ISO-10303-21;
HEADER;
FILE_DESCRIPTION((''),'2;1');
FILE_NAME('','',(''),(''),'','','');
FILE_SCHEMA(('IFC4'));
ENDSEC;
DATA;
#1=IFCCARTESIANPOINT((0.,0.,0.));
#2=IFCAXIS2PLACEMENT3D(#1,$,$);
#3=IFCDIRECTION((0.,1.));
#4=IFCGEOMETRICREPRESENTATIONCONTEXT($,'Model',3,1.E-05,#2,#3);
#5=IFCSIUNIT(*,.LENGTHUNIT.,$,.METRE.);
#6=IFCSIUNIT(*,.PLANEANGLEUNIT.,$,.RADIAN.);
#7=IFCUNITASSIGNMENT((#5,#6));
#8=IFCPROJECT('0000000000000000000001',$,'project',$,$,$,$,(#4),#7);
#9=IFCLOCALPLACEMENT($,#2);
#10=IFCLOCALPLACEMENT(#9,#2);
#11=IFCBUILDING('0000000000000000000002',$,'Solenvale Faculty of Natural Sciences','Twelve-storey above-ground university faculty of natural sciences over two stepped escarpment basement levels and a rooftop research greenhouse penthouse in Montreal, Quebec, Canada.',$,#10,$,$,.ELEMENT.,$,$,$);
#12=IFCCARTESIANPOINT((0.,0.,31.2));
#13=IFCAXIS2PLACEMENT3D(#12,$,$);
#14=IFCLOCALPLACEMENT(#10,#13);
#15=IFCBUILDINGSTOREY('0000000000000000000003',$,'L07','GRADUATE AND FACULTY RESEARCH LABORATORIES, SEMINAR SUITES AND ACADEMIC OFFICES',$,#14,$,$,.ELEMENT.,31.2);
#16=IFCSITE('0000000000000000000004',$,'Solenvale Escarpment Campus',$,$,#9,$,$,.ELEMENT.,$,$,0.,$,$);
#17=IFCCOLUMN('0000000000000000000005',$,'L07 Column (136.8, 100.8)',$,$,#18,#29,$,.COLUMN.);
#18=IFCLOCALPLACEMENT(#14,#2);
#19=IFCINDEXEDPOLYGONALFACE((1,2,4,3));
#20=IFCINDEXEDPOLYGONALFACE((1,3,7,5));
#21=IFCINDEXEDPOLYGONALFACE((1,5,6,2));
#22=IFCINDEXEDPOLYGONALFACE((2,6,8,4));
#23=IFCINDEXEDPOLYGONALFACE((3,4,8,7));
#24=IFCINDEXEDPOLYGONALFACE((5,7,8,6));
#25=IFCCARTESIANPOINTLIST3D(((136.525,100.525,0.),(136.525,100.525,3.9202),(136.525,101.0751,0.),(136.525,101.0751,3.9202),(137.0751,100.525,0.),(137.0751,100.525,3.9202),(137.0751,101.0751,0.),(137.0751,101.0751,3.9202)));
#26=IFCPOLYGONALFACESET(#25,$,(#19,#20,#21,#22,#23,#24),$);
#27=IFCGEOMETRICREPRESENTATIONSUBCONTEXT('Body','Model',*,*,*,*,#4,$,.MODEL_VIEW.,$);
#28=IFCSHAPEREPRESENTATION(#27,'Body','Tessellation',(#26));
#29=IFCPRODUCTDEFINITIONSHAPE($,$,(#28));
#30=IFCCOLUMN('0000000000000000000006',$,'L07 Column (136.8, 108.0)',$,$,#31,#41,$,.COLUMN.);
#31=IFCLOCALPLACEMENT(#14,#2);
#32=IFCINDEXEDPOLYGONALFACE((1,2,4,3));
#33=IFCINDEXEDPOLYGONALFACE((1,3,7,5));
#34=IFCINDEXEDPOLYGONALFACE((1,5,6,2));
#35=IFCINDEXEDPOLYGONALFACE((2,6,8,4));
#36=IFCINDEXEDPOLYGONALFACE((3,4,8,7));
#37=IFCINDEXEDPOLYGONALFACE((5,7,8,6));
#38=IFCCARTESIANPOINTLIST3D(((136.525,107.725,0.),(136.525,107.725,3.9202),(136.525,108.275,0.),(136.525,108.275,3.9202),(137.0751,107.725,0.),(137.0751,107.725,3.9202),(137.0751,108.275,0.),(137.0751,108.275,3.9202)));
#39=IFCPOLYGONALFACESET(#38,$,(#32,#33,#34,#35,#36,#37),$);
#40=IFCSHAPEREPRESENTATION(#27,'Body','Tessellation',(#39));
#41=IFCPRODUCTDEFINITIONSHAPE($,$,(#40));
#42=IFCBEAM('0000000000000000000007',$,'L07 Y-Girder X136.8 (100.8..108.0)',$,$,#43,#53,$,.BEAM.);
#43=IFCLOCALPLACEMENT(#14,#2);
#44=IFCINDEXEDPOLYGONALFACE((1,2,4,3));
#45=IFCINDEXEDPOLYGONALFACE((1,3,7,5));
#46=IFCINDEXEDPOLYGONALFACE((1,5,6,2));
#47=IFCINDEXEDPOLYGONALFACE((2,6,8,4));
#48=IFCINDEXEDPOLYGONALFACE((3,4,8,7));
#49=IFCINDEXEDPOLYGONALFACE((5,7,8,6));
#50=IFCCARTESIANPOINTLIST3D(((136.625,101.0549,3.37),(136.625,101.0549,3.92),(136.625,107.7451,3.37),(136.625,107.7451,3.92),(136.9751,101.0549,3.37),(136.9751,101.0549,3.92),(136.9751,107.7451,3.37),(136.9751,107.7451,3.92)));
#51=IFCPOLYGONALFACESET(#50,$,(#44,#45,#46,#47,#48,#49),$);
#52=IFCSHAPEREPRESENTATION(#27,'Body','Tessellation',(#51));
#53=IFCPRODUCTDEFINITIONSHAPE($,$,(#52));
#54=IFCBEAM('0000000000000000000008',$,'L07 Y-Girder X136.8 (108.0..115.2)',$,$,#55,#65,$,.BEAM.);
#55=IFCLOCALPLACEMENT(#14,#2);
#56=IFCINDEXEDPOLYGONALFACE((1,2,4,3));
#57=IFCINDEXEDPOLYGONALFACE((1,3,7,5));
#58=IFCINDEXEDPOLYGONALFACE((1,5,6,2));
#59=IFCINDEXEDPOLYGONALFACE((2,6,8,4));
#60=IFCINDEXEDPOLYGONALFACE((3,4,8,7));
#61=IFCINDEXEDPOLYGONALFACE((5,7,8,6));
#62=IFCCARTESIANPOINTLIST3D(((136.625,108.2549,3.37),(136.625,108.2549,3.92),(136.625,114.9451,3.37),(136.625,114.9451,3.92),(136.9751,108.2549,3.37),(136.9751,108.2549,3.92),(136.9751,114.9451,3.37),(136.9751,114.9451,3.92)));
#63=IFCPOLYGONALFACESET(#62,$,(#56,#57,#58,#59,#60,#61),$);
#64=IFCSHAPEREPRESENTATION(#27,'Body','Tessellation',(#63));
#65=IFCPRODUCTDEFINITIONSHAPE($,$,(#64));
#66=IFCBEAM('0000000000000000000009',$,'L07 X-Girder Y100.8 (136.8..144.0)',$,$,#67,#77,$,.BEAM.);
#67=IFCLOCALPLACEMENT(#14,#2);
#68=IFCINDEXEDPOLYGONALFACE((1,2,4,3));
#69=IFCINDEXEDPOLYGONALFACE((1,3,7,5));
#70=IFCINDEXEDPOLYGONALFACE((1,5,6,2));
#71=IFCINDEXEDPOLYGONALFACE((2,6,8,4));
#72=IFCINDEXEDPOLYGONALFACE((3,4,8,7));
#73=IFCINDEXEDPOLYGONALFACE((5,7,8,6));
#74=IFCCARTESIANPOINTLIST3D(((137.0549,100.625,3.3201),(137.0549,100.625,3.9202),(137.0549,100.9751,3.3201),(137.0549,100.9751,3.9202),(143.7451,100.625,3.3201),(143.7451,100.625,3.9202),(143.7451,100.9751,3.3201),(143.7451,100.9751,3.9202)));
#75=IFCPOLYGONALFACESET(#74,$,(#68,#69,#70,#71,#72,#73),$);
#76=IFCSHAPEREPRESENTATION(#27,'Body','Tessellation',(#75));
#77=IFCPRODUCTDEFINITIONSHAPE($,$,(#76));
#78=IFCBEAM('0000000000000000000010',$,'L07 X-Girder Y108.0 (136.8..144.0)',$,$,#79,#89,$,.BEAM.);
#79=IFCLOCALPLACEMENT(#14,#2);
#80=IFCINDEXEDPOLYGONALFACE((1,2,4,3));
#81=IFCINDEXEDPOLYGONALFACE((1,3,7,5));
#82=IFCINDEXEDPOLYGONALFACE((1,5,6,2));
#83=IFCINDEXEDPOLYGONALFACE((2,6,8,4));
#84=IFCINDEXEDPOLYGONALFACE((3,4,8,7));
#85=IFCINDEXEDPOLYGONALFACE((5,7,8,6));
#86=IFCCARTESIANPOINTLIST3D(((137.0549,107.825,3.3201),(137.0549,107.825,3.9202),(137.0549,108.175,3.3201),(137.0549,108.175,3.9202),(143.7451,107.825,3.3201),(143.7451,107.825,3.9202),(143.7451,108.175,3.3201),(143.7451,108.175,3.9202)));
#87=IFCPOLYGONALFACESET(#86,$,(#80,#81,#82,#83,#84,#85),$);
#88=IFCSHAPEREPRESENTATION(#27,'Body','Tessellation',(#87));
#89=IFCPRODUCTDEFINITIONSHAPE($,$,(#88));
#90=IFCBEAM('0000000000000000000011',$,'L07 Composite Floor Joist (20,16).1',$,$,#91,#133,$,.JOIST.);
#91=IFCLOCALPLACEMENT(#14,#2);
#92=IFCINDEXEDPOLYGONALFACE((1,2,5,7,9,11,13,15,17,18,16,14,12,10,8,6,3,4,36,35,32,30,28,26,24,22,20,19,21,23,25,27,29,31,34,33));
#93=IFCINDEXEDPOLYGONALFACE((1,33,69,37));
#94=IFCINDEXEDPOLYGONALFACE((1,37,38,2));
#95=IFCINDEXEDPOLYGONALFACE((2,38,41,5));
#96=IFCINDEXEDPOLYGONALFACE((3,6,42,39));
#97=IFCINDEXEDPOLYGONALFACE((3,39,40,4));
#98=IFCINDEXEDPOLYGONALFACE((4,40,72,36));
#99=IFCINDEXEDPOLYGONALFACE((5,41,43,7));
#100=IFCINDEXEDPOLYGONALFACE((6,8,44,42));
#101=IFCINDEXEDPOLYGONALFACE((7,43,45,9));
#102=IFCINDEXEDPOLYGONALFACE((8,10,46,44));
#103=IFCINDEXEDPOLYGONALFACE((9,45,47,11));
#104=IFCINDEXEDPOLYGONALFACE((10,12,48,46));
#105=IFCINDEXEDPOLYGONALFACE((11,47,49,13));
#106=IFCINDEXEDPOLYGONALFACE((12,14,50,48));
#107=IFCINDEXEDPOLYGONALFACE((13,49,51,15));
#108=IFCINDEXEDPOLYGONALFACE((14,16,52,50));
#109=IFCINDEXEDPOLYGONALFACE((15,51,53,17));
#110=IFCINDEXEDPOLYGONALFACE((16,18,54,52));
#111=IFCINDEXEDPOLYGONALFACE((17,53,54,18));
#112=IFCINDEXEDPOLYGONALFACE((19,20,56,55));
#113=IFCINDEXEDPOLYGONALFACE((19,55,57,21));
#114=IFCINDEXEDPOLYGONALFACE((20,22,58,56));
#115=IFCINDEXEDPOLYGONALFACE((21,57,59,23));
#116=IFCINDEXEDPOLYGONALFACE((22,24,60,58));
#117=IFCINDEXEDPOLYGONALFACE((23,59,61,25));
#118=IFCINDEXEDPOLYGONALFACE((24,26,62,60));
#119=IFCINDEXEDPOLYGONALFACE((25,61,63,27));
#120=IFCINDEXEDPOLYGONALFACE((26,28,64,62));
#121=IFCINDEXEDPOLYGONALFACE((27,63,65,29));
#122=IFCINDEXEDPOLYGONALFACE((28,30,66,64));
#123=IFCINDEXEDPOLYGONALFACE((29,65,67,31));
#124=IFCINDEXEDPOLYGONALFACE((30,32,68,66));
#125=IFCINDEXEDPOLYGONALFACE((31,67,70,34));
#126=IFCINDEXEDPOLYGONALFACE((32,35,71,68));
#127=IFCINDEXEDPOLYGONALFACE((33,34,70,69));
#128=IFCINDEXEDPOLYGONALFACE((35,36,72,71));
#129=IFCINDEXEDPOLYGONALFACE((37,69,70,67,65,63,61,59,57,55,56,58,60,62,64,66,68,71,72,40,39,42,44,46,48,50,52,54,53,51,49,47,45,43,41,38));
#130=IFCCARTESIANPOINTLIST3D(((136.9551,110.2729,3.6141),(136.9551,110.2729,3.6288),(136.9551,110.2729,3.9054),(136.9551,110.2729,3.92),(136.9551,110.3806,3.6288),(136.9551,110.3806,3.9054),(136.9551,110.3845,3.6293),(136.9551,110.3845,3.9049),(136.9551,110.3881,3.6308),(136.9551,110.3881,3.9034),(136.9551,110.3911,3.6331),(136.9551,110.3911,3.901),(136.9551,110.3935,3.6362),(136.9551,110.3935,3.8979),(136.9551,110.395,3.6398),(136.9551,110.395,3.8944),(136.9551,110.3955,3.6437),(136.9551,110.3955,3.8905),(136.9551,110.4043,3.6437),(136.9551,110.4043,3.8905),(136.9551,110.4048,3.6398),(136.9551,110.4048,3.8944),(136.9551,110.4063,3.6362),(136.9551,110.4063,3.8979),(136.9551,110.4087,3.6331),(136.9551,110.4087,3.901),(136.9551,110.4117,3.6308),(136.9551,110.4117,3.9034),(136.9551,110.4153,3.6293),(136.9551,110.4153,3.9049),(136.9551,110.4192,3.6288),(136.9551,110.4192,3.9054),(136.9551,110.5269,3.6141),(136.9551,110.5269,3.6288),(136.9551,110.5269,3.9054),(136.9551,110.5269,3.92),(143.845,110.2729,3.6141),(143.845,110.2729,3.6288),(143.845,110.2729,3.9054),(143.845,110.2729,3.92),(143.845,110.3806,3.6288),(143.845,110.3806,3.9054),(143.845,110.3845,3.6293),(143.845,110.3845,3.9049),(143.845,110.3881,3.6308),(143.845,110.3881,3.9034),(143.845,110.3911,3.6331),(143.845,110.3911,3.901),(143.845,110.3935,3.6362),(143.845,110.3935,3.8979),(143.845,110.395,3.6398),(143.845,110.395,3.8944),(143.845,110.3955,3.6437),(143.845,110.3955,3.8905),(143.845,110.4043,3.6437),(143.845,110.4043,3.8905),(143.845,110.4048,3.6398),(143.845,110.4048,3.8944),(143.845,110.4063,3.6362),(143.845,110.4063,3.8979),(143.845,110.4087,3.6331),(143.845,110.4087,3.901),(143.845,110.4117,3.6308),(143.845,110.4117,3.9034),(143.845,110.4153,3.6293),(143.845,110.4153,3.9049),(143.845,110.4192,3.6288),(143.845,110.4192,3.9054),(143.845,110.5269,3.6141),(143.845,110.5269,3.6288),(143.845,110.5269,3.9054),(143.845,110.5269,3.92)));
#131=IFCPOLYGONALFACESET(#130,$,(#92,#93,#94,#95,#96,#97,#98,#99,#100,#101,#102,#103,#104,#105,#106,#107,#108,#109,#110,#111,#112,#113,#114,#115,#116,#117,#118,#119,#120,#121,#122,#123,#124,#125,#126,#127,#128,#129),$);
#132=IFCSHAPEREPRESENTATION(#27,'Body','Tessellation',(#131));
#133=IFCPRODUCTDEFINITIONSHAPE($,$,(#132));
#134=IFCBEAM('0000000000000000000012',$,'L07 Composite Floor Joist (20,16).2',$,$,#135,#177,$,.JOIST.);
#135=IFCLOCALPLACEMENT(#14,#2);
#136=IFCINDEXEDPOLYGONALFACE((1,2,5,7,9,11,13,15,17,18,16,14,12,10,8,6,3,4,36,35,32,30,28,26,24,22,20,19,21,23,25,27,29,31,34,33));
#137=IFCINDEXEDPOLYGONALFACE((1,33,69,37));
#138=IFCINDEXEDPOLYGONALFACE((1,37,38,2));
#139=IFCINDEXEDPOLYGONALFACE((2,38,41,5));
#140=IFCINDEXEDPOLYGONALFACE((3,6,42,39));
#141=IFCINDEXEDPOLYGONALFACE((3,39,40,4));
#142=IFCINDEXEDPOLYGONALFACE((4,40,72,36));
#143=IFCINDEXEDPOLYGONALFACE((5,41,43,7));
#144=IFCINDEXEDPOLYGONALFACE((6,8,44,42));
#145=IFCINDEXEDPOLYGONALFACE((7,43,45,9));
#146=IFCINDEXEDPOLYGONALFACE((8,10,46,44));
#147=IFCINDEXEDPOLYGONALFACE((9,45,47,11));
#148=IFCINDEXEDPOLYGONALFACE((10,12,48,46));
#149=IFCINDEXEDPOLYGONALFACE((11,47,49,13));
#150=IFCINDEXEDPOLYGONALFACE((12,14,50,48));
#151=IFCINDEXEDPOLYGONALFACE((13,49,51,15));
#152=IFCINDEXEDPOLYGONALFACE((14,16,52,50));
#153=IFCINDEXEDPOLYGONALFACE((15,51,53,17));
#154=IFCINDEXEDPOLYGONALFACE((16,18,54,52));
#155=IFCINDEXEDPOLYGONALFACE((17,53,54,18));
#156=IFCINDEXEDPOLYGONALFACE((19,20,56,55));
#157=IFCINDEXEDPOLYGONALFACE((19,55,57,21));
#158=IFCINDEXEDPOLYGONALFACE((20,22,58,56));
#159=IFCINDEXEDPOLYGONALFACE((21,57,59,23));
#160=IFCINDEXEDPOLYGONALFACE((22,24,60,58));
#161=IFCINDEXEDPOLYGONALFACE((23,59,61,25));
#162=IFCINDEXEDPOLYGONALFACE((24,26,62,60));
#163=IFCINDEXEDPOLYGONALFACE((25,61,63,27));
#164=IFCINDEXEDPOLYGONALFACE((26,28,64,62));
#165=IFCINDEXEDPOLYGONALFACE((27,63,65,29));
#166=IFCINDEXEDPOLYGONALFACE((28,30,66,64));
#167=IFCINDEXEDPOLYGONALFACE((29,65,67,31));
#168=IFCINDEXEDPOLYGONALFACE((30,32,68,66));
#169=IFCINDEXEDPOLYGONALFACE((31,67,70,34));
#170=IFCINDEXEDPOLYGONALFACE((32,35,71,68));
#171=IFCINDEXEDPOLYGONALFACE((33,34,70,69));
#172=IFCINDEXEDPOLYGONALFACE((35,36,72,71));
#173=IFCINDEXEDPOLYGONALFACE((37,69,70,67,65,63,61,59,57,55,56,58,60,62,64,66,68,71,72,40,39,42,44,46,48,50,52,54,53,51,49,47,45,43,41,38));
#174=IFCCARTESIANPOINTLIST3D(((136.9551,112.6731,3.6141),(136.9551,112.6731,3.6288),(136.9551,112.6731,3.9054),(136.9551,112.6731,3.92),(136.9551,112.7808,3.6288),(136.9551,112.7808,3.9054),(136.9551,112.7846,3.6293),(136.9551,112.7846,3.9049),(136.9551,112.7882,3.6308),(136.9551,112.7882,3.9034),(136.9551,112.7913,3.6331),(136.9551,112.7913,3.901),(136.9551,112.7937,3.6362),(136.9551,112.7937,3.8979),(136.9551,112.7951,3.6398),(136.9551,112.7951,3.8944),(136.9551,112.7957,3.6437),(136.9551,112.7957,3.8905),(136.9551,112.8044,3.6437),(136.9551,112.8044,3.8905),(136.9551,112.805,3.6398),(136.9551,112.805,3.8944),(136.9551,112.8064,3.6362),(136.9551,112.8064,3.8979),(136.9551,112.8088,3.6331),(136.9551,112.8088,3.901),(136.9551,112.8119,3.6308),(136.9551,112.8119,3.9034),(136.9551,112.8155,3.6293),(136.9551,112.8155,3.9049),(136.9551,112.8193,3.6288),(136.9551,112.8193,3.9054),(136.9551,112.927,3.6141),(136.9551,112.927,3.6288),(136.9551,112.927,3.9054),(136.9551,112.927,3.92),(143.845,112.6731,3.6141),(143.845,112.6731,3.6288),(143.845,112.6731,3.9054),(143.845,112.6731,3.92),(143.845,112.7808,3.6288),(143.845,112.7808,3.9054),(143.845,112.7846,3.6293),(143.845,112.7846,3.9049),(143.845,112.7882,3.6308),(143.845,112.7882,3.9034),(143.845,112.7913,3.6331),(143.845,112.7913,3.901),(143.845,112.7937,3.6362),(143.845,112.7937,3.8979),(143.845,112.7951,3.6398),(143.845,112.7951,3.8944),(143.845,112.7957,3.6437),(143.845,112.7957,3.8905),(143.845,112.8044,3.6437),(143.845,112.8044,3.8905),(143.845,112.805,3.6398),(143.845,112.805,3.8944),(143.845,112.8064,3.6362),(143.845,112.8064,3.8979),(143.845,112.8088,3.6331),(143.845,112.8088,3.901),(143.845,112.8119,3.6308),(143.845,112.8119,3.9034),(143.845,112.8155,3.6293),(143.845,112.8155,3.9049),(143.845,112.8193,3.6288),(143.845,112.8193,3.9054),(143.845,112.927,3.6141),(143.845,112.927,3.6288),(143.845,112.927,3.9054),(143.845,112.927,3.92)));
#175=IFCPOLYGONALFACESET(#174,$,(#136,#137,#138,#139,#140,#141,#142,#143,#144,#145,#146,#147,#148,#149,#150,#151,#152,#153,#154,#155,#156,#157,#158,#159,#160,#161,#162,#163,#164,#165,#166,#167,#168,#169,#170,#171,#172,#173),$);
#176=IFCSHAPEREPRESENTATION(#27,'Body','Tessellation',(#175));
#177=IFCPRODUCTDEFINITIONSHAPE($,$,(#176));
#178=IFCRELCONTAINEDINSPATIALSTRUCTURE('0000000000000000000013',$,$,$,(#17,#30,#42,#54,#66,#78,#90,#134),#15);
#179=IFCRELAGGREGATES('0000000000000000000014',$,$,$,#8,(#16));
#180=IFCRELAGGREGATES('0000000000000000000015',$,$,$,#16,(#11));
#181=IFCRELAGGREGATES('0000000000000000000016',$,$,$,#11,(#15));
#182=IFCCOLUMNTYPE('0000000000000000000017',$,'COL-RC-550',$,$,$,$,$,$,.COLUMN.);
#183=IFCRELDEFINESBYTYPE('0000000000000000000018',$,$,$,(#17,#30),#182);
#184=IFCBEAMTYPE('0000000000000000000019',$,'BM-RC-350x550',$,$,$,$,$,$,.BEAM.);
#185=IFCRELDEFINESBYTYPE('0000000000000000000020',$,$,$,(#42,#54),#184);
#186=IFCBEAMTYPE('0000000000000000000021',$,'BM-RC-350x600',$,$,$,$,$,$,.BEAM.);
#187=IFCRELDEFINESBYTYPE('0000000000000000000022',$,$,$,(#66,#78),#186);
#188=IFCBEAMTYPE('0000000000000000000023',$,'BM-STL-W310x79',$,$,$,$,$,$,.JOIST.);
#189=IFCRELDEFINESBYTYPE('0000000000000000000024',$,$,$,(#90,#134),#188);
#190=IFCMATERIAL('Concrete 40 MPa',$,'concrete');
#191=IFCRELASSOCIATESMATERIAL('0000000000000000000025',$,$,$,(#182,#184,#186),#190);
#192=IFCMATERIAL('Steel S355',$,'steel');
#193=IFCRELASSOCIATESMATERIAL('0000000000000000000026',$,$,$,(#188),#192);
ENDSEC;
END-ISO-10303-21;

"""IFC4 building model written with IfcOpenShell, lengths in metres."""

from ifc_helpers import new_model, si_unit, direction, frame, origin, origin_2d, place, context, subcontext, project, spatial, rectangle, i_section, extrude, material, material_profile, profile_set, type_object, element, save


model = new_model("IFC4")

# Units and contexts
model_context = context("Model", 3, precision=1e-05, world=origin(), true_north=direction((0.0, 1.0)))
body_context = subcontext(model_context, "Body", "Model", "MODEL_VIEW")
ifc_project = project(units=[si_unit("LENGTHUNIT", "METRE"), si_unit("PLANEANGLEUNIT", "RADIAN")], contexts=[model_context])

# Site, building, storey
site_placement = place(None, origin())
site = spatial("IfcSite", under=ifc_project, at=site_placement, Name="Solenvale Escarpment Campus", CompositionType="ELEMENT", RefElevation=0.0)
building_placement = place(site_placement, origin())
building = spatial("IfcBuilding", under=site, at=building_placement, Name="Solenvale Faculty of Natural Sciences", Description="Twelve-storey above-ground university faculty of natural sciences over two stepped escarpment basement levels and a rooftop research greenhouse penthouse in Montreal, Quebec, Canada.", CompositionType="ELEMENT")
storey_placement = place(building_placement, frame((0.0, 0.0, 31.2)))
storey = spatial("IfcBuildingStorey", under=building, at=storey_placement, Name="L07", Description="GRADUATE AND FACULTY RESEARCH LABORATORIES, SEMINAR SUITES AND ACADEMIC OFFICES", CompositionType="ELEMENT", Elevation=31.2)

# Columns
ifc_material_1 = material(Name="Concrete 40 MPa", Category="concrete")
ifc_material_profile_1 = material_profile(ifc_material_1, rectangle(XDim=0.55, YDim=0.55, at=origin_2d()), Name="RC-COL-550x550")
ifc_profile_set_1 = profile_set([ifc_material_profile_1], Name="Concrete 40 MPa")
column_type = type_object("IfcColumnType", Name="COL-RC-550", PredefinedType="COLUMN", material=ifc_profile_set_1)
for number, where, z_axis, x_axis, name in (
    (1, (136.8, 100.8, 0.0), (0.0, 0.0, 1.0), (1.0, 0.0, 0.0), "L07 Column (136.8, 100.8)"),
    (2, (136.8, 108.0, 0.0), (0.0, 0.0, 1.0), (1.0, 0.0, 0.0), "L07 Column (136.8, 108.0)"),
):
    element("IfcColumn", number, at=place(storey_placement, frame(where, z_axis=z_axis, x_axis=x_axis)), inside=storey, type_object=column_type, Name=name, PredefinedType="COLUMN", context=body_context, shape_type="SweptSolid", body=[
        extrude(rectangle(XDim=0.55, YDim=0.55, at=origin_2d()), origin(), (0.0, 0.0, 1.0), 3.9202),
    ])

# Beams
ifc_material_profile_2 = material_profile(ifc_material_1, rectangle(XDim=0.3501, YDim=0.55, at=origin_2d()), Name="RC-BM-350x550")
ifc_profile_set_2 = profile_set([ifc_material_profile_2], Name="Concrete 40 MPa")
beam_type_1 = type_object("IfcBeamType", Name="BM-RC-350x550", PredefinedType="BEAM", material=ifc_profile_set_2)
for number, where, z_axis, x_axis, name in (
    (3, (136.8, 101.0549, 3.645), (0.0, 1.0, 0.0), (-1.0, 0.0, 0.0), "L07 Y-Girder X136.8 (100.8..108.0)"),
    (4, (136.8, 108.2549, 3.645), (0.0, 1.0, 0.0), (-1.0, 0.0, 0.0), "L07 Y-Girder X136.8 (108.0..115.2)"),
):
    element("IfcBeam", number, at=place(storey_placement, frame(where, z_axis=z_axis, x_axis=x_axis)), inside=storey, type_object=beam_type_1, Name=name, PredefinedType="BEAM", context=body_context, shape_type="SweptSolid", body=[
        extrude(rectangle(XDim=0.3501, YDim=0.55, at=origin_2d()), origin(), (0.0, 0.0, 1.0), 6.6902),
    ])
ifc_material_profile_3 = material_profile(ifc_material_1, rectangle(XDim=0.3501, YDim=0.6001, at=origin_2d()), Name="RC-BM-350x600")
ifc_profile_set_3 = profile_set([ifc_material_profile_3], Name="Concrete 40 MPa")
beam_type_2 = type_object("IfcBeamType", Name="BM-RC-350x600", PredefinedType="BEAM", material=ifc_profile_set_3)
for number, where, z_axis, x_axis, name in (
    (5, (137.0549, 100.8, 3.6201), (1.0, 0.0, 0.0), (0.0, 1.0, 0.0), "L07 X-Girder Y100.8 (136.8..144.0)"),
    (6, (137.0549, 108.0, 3.6201), (1.0, 0.0, 0.0), (0.0, 1.0, 0.0), "L07 X-Girder Y108.0 (136.8..144.0)"),
):
    element("IfcBeam", number, at=place(storey_placement, frame(where, z_axis=z_axis, x_axis=x_axis)), inside=storey, type_object=beam_type_2, Name=name, PredefinedType="BEAM", context=body_context, shape_type="SweptSolid", body=[
        extrude(rectangle(XDim=0.3501, YDim=0.6001, at=origin_2d()), origin(), (0.0, 0.0, 1.0), 6.6902),
    ])
ifc_material_2 = material(Name="Steel S355", Category="steel")
ifc_material_profile_4 = material_profile(ifc_material_2, i_section(OverallWidth=0.2539, OverallDepth=0.3059, WebThickness=0.0088, FlangeThickness=0.0146, FilletRadius=0.0149, at=origin_2d()), Name="W310x79")
ifc_profile_set_4 = profile_set([ifc_material_profile_4], Name="Steel S355")
beam_type_3 = type_object("IfcBeamType", Name="BM-STL-W310x79", PredefinedType="JOIST", material=ifc_profile_set_4)
for number, where, z_axis, x_axis, name in (
    (7, (136.9551, 110.3999, 3.7671), (1.0, 0.0, 0.0), (0.0, 1.0, 0.0), "L07 Composite Floor Joist (20,16).1"),
    (8, (136.9551, 112.8, 3.7671), (1.0, 0.0, 0.0), (0.0, 1.0, 0.0), "L07 Composite Floor Joist (20,16).2"),
):
    element("IfcBeam", number, at=place(storey_placement, frame(where, z_axis=z_axis, x_axis=x_axis)), inside=storey, type_object=beam_type_3, Name=name, PredefinedType="JOIST", context=body_context, shape_type="SweptSolid", body=[
        extrude(i_section(OverallWidth=0.2539, OverallDepth=0.3059, WebThickness=0.0088, FlangeThickness=0.0146, FilletRadius=0.0149, at=origin_2d()), origin(), (0.0, 0.0, 1.0), 6.8899),
    ])

save(model, "model.ifc")
